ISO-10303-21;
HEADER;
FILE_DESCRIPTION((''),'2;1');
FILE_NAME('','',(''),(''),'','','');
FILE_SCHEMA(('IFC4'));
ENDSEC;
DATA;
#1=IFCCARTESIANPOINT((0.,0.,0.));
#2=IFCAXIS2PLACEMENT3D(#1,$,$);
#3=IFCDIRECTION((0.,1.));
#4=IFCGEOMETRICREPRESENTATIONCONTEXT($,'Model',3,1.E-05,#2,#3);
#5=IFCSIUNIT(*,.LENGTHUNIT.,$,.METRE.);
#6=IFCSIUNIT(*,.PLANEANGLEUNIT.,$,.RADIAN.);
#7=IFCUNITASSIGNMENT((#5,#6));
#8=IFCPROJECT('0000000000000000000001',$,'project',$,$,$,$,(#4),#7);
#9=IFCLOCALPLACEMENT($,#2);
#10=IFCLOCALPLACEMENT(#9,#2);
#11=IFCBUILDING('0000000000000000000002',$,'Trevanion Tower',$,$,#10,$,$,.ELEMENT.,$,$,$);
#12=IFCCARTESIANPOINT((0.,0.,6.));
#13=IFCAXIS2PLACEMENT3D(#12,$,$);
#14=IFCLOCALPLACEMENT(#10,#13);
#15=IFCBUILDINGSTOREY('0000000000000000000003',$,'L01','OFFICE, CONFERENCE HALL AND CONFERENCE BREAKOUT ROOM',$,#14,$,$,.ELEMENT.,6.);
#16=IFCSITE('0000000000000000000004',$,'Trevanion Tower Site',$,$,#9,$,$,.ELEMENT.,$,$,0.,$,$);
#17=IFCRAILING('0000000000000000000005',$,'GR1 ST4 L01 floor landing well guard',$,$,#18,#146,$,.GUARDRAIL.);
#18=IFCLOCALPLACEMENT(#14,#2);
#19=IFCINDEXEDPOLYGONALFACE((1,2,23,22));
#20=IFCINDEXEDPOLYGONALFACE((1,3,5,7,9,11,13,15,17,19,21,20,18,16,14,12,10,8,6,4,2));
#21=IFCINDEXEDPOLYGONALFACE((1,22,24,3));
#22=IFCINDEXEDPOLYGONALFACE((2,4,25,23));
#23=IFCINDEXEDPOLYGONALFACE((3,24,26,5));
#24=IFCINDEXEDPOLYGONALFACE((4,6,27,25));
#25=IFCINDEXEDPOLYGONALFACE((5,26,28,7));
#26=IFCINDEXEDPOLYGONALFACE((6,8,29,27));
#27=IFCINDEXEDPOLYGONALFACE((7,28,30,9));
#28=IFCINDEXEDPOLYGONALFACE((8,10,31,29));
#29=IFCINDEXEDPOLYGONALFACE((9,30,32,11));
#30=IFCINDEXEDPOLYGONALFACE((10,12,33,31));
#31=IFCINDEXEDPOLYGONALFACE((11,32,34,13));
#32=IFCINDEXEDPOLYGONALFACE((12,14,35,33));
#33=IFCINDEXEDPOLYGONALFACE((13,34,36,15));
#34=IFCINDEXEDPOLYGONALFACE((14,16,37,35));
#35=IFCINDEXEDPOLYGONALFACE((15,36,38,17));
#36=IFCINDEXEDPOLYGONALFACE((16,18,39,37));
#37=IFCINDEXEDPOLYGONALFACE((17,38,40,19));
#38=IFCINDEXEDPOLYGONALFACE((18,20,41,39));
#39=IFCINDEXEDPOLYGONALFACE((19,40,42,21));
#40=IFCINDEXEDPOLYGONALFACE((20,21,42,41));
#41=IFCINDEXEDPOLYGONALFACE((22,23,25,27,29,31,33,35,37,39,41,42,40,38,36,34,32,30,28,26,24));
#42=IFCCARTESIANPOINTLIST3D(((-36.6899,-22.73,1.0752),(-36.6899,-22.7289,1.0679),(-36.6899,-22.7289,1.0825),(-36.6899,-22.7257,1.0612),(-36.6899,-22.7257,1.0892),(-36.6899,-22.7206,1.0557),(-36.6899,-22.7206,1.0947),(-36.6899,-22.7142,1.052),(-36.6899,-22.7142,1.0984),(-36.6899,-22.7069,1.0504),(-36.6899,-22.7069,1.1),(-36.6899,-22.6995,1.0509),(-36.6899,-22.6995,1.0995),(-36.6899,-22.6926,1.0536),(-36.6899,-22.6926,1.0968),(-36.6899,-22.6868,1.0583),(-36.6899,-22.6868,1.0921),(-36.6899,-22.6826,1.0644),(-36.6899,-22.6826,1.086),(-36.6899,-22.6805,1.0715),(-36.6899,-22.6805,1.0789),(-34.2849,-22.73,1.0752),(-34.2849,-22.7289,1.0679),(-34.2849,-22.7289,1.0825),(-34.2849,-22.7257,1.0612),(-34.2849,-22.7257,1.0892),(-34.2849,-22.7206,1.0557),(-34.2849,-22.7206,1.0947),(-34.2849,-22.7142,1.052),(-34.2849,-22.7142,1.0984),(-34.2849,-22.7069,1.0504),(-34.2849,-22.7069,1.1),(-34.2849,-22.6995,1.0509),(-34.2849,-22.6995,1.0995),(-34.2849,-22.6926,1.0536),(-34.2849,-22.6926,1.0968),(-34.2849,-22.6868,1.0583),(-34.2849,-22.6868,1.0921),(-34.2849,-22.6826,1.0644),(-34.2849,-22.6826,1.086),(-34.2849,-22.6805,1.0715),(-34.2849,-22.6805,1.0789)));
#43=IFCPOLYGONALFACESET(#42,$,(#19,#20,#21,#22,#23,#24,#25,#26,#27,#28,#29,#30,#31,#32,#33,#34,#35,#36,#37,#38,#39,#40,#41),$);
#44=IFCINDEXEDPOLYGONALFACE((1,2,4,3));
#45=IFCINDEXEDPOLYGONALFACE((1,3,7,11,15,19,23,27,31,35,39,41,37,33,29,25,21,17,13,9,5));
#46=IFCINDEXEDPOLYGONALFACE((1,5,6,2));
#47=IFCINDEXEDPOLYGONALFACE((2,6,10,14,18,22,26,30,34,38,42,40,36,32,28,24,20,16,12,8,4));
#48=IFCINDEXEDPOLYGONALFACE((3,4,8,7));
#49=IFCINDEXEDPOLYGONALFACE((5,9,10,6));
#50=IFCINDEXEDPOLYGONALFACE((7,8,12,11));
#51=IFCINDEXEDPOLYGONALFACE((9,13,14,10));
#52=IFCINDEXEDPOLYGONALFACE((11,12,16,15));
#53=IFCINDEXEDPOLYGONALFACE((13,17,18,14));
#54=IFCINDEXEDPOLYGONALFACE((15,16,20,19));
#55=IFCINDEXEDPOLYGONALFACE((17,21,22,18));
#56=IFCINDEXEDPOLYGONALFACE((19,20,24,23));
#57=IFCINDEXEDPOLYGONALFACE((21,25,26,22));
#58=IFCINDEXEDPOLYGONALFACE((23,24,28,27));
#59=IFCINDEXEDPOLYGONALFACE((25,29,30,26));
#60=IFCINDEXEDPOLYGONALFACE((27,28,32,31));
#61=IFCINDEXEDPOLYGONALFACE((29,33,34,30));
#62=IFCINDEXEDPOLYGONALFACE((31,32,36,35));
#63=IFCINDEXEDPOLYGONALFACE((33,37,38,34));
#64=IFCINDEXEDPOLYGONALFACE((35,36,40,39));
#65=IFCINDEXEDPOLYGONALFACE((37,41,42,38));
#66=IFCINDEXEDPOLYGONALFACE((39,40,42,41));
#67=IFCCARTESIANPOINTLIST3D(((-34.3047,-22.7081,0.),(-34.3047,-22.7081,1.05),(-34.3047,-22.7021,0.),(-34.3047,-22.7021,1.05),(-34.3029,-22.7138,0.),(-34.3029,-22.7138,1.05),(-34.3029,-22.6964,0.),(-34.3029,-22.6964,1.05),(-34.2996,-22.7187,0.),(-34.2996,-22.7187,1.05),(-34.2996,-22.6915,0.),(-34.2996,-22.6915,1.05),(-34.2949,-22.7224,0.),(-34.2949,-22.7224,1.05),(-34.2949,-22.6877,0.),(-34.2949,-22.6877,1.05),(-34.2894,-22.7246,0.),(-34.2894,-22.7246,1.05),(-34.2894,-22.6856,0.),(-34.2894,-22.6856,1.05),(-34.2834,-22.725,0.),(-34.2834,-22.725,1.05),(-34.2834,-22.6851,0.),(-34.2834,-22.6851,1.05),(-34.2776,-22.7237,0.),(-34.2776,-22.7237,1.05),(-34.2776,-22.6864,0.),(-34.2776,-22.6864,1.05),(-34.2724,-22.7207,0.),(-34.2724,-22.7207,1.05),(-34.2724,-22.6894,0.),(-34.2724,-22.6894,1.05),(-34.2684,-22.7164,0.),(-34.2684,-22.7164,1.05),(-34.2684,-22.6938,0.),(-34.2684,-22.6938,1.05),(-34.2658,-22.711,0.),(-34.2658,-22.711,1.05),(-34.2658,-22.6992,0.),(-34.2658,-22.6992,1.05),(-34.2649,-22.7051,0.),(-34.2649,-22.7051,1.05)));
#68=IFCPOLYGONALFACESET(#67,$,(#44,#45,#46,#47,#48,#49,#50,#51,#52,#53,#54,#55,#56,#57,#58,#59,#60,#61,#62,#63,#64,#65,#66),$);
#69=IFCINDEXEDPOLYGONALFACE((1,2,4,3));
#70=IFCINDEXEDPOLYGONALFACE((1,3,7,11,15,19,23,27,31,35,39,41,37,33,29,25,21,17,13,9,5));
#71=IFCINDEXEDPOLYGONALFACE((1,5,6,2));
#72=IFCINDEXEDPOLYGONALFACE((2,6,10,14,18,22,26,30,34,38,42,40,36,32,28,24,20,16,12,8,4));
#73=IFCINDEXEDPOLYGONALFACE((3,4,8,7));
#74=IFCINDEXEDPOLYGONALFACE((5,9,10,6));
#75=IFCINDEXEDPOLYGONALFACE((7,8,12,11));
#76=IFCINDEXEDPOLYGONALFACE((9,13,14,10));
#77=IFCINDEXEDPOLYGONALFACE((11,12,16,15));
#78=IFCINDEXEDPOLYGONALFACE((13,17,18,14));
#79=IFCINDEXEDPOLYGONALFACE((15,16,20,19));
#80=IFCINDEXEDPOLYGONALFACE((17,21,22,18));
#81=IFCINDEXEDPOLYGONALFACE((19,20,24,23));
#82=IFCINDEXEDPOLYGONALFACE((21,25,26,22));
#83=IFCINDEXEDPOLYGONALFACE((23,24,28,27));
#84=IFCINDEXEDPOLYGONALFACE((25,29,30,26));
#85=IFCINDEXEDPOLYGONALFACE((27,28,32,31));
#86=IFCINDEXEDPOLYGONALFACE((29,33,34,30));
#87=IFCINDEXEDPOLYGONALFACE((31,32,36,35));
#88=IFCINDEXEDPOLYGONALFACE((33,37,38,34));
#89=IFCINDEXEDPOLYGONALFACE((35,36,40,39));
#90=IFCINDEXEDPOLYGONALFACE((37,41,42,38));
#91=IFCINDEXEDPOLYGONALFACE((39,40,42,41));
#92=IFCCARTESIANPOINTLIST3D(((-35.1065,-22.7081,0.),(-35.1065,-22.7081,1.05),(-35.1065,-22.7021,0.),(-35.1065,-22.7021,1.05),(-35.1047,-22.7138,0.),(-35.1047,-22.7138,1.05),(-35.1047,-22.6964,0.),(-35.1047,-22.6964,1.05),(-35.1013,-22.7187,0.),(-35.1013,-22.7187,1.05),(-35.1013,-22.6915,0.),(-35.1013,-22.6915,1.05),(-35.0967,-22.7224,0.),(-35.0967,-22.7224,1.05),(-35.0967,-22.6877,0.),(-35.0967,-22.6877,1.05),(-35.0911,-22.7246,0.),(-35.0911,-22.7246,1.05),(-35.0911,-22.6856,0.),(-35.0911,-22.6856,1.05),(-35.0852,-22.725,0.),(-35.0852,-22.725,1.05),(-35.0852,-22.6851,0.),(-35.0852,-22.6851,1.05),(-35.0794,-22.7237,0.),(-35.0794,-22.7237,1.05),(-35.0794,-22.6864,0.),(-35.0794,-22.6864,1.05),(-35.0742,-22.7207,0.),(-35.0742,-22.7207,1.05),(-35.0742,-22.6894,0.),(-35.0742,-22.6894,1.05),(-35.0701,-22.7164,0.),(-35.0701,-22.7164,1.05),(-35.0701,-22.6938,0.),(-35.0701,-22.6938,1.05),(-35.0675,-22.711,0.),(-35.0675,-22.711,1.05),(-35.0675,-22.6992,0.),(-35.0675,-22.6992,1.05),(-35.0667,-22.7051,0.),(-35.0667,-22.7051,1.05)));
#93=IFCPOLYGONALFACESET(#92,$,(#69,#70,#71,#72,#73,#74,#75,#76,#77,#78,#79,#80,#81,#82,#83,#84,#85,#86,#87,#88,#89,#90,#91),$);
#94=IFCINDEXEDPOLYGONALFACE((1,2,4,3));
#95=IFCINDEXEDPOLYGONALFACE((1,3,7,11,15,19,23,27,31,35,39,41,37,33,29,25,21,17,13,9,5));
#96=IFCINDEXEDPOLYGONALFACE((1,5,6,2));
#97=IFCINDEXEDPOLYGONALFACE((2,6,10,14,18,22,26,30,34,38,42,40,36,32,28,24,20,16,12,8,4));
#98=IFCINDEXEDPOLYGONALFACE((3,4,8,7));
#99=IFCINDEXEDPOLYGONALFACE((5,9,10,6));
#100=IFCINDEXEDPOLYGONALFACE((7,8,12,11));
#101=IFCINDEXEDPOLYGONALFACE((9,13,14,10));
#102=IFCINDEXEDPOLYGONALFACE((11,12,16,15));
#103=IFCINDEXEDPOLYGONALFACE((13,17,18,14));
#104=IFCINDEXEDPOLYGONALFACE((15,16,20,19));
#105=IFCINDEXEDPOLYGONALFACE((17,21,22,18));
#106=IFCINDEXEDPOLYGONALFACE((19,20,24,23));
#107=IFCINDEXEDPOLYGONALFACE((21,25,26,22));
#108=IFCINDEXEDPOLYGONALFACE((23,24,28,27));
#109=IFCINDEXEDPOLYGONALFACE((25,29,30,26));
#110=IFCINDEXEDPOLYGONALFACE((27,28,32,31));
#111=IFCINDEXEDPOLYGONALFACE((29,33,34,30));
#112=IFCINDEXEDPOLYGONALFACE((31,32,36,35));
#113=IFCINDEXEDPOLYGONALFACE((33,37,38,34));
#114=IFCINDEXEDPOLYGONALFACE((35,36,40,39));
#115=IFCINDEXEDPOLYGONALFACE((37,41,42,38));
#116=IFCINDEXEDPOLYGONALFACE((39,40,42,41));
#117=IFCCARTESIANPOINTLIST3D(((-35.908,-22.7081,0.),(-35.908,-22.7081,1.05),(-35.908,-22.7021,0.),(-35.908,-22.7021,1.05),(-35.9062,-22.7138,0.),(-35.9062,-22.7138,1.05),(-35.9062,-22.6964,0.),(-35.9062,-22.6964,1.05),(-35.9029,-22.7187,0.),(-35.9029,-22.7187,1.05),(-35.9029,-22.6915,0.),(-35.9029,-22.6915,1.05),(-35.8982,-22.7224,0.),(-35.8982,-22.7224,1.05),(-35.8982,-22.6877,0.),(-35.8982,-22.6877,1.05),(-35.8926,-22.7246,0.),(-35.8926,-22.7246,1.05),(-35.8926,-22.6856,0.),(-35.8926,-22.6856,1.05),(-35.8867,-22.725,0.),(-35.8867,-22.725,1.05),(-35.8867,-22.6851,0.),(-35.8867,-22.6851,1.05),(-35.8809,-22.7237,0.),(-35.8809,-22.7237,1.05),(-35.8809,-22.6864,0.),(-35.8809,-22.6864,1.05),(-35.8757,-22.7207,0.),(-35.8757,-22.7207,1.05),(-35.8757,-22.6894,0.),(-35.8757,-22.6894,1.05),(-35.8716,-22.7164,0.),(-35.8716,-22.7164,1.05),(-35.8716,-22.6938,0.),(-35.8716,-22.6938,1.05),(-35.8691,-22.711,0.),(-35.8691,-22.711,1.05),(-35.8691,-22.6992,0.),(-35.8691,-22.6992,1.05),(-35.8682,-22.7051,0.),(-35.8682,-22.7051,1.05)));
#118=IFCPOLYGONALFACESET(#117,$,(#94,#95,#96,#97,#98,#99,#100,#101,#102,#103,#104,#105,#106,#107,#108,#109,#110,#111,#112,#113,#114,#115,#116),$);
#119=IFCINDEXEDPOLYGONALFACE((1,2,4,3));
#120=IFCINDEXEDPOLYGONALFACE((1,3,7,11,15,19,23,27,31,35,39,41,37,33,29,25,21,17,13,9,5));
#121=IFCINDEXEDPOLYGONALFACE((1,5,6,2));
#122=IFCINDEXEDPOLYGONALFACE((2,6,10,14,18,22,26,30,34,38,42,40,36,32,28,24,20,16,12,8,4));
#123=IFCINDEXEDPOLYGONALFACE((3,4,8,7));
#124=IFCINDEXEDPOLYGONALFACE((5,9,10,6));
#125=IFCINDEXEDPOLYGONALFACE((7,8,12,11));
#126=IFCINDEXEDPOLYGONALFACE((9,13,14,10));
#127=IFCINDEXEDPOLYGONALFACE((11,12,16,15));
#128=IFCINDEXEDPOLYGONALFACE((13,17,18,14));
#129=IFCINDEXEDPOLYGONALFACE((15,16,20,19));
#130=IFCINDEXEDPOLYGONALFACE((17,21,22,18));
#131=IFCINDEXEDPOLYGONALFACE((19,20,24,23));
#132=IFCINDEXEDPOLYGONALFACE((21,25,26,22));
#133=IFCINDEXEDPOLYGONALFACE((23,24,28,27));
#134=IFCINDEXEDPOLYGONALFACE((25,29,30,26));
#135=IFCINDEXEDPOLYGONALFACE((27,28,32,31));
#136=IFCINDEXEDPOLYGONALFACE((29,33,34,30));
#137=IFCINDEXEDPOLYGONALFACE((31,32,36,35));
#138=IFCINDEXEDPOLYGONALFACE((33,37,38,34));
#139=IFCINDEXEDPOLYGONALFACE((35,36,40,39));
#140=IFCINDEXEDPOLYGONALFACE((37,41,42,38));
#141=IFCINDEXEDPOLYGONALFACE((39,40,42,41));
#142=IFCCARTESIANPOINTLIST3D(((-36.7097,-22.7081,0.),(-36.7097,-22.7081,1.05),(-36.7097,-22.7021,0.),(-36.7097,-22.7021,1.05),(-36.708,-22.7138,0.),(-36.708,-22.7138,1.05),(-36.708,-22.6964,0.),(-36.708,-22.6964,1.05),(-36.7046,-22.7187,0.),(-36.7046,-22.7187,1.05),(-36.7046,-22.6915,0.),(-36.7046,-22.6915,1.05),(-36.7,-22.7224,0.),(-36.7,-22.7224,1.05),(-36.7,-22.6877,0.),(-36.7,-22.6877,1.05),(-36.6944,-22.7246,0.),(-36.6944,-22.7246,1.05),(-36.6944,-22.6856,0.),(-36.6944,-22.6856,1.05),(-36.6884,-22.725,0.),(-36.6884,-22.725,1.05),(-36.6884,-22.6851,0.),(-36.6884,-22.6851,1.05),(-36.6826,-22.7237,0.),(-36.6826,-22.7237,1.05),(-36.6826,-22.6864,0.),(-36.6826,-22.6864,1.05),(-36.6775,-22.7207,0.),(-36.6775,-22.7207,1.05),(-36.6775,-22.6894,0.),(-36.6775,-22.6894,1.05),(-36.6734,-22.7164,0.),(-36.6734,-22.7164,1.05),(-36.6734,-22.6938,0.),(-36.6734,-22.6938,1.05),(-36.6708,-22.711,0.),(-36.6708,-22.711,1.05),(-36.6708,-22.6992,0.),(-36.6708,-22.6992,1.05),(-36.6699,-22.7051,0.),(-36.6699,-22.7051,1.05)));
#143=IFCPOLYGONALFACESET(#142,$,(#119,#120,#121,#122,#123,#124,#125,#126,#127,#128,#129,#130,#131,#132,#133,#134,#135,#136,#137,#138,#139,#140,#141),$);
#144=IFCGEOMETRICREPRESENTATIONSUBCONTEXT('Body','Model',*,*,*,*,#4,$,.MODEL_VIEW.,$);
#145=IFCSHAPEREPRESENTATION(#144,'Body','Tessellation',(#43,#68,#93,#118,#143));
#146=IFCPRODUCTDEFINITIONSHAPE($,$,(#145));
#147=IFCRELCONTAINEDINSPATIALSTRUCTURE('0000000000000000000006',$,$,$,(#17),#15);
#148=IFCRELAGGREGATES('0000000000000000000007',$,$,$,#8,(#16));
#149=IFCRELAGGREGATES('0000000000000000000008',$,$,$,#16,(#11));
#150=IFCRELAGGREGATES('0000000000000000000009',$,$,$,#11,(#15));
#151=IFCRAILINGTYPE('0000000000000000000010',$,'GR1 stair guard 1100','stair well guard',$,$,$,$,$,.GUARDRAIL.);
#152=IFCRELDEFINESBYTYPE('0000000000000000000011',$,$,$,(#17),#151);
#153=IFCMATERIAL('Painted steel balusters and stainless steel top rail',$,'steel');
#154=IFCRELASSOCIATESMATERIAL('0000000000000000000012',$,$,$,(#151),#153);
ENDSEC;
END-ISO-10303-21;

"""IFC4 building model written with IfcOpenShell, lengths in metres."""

from ifc_helpers import new_model, si_unit, direction, frame, origin, origin_2d, place, context, subcontext, project, spatial, circle, extrude, material, type_object, element, save


model = new_model("IFC4")

# Units and contexts
model_context = context("Model", 3, precision=1e-05, world=origin(), true_north=direction((0.0, 1.0)))
body_context = subcontext(model_context, "Body", "Model", "MODEL_VIEW")
ifc_project = project(units=[si_unit("LENGTHUNIT", "METRE"), si_unit("PLANEANGLEUNIT", "RADIAN")], contexts=[model_context])

# Site, building, storey
site_placement = place(None, origin())
site = spatial("IfcSite", under=ifc_project, at=site_placement, Name="Trevanion Tower Site", CompositionType="ELEMENT", RefElevation=0.0)
building_placement = place(site_placement, origin())
building = spatial("IfcBuilding", under=site, at=building_placement, Name="Trevanion Tower", CompositionType="ELEMENT")
storey_placement = place(building_placement, frame((0.0, 0.0, 6.0)))
storey = spatial("IfcBuildingStorey", under=building, at=storey_placement, Name="L01", Description="OFFICE, CONFERENCE HALL AND CONFERENCE BREAKOUT ROOM", CompositionType="ELEMENT", Elevation=6.0)

# Railing
ifc_material_1 = material(Name="Painted steel balusters and stainless steel top rail", Category="steel")
railing_type_1 = type_object("IfcRailingType", Name="GR1 stair guard 1100", Description="stair well guard", PredefinedType="GUARDRAIL", material=ifc_material_1)
for number, where, name in (
    (1, (-34.2849, -22.7051, 0.0), "GR1 ST4 L01 floor landing well guard"),
):
    element("IfcRailing", number, at=place(storey_placement, frame(where)), inside=storey, type_object=railing_type_1, Name=name, PredefinedType="GUARDRAIL", context=body_context, shape_type="SweptSolid", body=[
        extrude(circle(Radius=0.0249, at=origin_2d()), frame((0.0, 0.0, 1.0752), z_axis=(-1.0, 0.0, 0.0), x_axis=(0.0, -1.0, 0.0)), (0.0, 0.0, 1.0), 2.405),
        extrude(circle(Radius=0.02, at=origin_2d()), origin(), (0.0, 0.0, 1.0), 1.05),
        extrude(circle(Radius=0.02, at=origin_2d()), frame((-0.8018, 0.0, 0.0)), (0.0, 0.0, 1.0), 1.05),
        extrude(circle(Radius=0.02, at=origin_2d()), frame((-1.6033, 0.0, 0.0)), (0.0, 0.0, 1.0), 1.05),
        extrude(circle(Radius=0.02, at=origin_2d()), frame((-2.405, 0.0, 0.0)), (0.0, 0.0, 1.0), 1.05),
    ])

save(model, "model.ifc")
